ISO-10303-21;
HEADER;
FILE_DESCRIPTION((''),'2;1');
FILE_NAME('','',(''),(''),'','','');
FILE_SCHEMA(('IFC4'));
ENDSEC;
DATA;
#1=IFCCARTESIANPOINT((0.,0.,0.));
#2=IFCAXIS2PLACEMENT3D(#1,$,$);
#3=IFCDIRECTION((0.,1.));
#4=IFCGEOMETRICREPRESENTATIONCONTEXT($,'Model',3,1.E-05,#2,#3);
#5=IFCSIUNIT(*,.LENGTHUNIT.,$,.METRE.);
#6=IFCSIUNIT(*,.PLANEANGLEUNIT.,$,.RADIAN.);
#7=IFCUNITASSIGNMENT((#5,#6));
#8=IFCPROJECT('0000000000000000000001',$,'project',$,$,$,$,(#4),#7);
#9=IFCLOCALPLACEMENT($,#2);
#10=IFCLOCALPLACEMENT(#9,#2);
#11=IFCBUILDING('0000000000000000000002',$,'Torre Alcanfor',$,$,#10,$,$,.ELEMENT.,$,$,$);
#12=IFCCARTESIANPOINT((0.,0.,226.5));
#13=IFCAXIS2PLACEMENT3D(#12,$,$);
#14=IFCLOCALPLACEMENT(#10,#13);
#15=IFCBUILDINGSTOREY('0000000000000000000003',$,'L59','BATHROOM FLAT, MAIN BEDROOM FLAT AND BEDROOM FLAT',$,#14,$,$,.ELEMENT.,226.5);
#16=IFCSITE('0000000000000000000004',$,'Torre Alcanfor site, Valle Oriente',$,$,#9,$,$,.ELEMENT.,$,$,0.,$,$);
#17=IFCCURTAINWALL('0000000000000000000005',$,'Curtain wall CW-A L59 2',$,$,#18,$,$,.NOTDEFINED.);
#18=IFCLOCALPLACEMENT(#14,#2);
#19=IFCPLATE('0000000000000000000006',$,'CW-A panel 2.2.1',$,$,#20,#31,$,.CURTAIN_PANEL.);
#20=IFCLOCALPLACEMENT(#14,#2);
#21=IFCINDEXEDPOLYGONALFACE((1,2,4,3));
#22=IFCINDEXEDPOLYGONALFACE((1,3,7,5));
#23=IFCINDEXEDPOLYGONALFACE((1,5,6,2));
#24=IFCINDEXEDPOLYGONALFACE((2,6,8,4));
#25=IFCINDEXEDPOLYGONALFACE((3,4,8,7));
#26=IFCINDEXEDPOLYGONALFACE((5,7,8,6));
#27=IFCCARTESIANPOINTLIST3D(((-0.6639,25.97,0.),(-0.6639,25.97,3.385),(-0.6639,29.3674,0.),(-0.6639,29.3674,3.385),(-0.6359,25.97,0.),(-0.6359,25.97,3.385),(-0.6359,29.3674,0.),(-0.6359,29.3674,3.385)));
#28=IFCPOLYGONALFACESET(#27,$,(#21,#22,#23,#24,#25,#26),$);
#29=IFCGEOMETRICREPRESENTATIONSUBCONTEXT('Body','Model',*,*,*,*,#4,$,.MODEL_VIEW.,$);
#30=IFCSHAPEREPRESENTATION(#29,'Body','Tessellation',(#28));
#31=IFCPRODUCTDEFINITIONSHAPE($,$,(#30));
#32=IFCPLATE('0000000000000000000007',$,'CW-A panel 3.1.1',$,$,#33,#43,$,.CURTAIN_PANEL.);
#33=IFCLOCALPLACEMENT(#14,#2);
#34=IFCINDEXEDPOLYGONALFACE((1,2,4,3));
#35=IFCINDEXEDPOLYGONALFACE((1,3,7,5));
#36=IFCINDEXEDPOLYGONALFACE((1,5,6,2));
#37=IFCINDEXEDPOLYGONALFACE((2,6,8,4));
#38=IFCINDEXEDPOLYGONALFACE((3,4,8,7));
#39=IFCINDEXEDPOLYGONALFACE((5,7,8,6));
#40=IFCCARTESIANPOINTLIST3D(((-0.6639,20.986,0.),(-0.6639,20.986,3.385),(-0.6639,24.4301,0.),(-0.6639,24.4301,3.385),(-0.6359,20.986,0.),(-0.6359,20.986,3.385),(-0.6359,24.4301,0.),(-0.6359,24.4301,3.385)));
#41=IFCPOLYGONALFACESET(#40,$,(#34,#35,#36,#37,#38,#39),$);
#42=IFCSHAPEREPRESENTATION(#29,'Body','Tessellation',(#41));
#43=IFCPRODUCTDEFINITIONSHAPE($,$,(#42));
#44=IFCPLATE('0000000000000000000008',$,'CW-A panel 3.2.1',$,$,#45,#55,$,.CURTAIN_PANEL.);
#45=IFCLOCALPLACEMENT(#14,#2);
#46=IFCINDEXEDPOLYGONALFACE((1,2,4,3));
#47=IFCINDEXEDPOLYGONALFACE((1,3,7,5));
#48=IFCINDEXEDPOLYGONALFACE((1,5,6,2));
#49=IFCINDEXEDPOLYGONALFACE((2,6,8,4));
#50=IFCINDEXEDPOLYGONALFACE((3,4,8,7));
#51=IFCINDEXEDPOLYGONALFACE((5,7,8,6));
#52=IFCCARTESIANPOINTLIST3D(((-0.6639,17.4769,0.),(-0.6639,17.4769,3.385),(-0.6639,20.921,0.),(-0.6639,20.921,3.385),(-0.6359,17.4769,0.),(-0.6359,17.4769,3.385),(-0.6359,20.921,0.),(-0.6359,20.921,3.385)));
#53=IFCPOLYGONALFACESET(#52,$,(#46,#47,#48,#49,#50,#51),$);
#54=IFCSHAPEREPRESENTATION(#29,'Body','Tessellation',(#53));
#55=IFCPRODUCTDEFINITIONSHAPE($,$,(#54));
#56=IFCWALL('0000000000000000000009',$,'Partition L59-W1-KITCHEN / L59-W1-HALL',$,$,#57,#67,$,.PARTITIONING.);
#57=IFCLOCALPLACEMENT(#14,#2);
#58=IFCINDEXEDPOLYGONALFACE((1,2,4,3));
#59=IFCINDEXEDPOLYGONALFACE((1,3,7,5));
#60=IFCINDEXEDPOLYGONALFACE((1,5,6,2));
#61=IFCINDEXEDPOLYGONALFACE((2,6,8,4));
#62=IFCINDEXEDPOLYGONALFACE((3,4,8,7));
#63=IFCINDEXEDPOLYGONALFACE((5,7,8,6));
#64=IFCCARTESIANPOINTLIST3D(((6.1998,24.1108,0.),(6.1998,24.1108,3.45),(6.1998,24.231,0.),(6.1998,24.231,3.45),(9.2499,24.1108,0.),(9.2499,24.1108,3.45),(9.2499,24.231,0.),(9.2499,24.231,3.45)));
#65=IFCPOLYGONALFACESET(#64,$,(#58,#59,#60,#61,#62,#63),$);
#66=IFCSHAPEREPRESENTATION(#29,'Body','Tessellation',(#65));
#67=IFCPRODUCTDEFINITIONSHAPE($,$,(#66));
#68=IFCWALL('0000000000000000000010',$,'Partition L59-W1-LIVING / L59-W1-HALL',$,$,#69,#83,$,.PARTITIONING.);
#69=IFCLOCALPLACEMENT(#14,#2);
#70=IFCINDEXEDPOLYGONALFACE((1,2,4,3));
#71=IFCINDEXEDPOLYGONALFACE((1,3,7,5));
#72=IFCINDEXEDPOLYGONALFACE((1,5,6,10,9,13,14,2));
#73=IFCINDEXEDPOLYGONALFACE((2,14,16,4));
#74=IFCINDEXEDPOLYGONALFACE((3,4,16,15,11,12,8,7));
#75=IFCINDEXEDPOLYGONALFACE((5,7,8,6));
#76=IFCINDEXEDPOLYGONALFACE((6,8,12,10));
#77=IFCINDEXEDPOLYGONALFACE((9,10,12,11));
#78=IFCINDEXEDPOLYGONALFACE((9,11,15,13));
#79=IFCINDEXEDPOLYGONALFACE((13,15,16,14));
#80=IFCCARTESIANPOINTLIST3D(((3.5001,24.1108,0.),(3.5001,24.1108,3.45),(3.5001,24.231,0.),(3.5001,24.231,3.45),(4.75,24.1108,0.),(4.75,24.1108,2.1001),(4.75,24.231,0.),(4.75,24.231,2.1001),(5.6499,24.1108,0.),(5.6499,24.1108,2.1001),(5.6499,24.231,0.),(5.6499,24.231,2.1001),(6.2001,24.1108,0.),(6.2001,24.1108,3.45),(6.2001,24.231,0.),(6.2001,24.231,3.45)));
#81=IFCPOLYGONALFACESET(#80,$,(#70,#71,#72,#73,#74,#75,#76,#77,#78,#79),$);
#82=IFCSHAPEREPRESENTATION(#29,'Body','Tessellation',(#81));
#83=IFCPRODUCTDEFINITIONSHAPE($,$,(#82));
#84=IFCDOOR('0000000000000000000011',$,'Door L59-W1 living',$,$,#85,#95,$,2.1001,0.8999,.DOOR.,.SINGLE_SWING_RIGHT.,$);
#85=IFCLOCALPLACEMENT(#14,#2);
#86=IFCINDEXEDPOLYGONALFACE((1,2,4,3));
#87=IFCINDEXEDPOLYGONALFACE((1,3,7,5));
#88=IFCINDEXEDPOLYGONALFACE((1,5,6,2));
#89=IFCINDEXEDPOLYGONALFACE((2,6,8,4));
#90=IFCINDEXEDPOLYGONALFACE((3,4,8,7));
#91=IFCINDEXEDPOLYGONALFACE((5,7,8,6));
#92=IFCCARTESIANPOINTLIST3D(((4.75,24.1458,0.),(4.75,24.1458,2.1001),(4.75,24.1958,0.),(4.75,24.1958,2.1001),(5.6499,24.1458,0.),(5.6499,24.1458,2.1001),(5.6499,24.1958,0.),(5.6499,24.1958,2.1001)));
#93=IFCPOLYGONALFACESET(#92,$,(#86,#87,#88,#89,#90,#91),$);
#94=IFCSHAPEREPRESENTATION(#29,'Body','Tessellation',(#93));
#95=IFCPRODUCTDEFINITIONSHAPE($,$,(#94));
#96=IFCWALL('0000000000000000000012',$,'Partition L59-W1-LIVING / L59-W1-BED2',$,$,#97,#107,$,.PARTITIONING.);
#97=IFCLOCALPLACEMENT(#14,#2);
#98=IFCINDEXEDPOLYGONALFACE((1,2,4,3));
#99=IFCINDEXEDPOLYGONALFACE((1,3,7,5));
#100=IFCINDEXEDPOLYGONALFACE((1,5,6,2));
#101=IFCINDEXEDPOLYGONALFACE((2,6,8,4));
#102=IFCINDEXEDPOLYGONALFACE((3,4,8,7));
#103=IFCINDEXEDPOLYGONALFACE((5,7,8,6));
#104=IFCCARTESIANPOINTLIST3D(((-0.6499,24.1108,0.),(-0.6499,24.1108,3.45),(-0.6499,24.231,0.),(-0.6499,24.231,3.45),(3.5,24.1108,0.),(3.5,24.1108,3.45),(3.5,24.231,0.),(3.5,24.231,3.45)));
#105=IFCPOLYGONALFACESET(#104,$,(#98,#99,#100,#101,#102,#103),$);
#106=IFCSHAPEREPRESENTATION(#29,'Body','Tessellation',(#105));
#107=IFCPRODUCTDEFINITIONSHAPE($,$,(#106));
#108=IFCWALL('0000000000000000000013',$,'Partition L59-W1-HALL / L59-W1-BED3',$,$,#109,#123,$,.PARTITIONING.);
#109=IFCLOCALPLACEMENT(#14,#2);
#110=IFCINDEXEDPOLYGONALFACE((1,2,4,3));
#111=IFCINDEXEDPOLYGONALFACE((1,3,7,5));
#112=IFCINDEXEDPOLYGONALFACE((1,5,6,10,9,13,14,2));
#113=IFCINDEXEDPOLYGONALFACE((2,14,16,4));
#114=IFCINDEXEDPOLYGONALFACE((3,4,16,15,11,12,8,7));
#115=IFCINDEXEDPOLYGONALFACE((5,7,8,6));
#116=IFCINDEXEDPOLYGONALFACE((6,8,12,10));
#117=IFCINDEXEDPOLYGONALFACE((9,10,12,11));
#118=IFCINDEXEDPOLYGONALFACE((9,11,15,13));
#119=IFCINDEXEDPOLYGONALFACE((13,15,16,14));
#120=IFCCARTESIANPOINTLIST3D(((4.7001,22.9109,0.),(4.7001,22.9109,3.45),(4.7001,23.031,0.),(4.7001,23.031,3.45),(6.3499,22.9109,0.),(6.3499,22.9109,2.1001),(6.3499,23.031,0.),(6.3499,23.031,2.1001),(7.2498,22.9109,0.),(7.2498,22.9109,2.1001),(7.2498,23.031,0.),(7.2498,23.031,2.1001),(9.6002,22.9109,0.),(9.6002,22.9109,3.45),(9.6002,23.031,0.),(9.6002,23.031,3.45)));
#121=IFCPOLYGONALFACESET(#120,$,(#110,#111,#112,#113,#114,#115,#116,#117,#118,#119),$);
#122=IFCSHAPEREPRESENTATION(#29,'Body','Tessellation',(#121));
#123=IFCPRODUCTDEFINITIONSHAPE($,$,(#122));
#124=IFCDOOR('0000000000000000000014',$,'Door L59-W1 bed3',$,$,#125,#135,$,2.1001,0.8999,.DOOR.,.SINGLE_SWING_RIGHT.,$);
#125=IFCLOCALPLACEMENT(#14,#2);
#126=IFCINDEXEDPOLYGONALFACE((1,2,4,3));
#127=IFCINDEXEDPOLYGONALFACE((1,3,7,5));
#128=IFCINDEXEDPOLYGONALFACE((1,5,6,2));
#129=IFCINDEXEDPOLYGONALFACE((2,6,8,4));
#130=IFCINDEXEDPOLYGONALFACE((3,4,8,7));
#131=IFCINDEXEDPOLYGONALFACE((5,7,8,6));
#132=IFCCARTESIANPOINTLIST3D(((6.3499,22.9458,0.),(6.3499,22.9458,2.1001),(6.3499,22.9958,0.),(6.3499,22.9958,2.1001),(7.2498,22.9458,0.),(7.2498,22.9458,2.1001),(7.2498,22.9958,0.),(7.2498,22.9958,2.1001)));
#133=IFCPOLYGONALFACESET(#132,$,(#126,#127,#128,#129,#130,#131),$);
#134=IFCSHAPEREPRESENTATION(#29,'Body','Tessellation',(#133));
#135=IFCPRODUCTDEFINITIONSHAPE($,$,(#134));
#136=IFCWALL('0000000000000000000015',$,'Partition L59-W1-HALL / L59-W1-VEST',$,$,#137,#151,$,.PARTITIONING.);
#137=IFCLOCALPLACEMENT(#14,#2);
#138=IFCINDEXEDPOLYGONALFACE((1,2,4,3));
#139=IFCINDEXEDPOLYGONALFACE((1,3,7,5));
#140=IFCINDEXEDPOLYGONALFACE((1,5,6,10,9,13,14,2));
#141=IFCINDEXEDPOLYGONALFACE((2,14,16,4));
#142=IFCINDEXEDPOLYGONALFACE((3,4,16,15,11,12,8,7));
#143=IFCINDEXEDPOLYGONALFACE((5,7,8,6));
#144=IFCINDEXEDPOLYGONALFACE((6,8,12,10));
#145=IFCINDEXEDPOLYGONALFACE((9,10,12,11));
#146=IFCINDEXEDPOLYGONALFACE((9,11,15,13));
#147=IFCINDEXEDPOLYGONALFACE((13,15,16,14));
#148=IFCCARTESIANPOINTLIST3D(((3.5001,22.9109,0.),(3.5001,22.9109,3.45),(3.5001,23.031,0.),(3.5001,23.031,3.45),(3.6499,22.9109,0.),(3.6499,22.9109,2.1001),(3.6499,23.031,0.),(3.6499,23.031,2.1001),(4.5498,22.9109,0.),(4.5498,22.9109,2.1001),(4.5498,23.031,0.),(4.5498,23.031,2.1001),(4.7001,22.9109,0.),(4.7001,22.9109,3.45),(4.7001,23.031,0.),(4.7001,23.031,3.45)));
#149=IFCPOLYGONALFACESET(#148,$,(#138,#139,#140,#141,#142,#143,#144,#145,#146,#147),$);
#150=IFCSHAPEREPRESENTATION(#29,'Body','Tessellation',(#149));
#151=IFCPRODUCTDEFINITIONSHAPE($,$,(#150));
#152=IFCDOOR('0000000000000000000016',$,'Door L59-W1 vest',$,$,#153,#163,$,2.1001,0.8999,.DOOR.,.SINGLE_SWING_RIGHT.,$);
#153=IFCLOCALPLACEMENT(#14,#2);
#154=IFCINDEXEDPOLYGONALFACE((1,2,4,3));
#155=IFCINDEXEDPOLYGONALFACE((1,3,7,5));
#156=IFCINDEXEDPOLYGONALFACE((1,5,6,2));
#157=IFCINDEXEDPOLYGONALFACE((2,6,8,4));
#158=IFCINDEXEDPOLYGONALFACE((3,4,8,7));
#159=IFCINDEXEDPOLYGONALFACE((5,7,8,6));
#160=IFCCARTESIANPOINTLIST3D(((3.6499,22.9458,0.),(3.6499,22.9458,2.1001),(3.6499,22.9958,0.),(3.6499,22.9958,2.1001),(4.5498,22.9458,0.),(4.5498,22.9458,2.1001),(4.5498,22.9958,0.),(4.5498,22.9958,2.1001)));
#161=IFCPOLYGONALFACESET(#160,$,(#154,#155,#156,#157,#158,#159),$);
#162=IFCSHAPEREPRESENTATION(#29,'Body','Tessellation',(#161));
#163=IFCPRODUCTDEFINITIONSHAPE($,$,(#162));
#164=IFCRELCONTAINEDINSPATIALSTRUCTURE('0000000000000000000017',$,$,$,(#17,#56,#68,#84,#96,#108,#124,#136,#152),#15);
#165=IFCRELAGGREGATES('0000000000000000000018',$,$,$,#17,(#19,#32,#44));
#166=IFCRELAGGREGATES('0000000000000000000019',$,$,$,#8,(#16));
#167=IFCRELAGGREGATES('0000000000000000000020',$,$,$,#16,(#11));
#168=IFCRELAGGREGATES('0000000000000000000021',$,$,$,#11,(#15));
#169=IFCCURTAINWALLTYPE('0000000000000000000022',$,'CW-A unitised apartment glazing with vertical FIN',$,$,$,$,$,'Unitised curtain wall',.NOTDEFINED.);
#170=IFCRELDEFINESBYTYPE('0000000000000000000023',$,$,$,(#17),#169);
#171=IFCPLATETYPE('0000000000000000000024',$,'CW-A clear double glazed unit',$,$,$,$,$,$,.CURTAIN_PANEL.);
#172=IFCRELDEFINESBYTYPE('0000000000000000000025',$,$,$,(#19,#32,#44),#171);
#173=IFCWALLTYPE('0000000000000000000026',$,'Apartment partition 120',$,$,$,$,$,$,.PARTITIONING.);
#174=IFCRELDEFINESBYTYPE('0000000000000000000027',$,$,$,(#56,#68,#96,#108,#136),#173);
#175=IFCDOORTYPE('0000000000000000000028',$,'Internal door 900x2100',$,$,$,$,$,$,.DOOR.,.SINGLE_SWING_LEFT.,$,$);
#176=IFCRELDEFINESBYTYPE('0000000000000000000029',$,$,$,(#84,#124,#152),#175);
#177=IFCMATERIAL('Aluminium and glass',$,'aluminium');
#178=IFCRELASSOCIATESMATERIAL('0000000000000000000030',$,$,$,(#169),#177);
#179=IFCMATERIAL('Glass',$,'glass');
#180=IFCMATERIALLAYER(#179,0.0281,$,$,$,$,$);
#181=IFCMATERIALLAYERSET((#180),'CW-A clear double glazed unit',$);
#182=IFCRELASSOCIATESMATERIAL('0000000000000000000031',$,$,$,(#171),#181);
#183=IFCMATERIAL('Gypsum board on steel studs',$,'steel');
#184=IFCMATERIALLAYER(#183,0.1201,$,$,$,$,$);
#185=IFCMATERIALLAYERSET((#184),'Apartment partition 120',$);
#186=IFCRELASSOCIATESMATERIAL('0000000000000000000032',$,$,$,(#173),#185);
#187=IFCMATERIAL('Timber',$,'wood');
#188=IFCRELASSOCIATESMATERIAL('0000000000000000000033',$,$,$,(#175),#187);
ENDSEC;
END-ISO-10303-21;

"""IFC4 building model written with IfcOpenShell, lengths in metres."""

from ifc_helpers import new_model, si_unit, direction, frame, frame_2d, origin, origin_2d, place, context, subcontext, project, spatial, rectangle, extrude, material, layer, layer_set, type_object, element, fill, aggregate, save


model = new_model("IFC4")

# Units and contexts
model_context = context("Model", 3, precision=1e-05, world=origin(), true_north=direction((0.0, 1.0)))
body_context = subcontext(model_context, "Body", "Model", "MODEL_VIEW")
ifc_project = project(units=[si_unit("LENGTHUNIT", "METRE"), si_unit("PLANEANGLEUNIT", "RADIAN")], contexts=[model_context])

# Site, building, storey
site_placement = place(None, origin())
site = spatial("IfcSite", under=ifc_project, at=site_placement, Name="Torre Alcanfor site, Valle Oriente", CompositionType="ELEMENT", RefElevation=0.0)
building_placement = place(site_placement, origin())
building = spatial("IfcBuilding", under=site, at=building_placement, Name="Torre Alcanfor", CompositionType="ELEMENT")
storey_placement = place(building_placement, frame((0.0, 0.0, 226.5)))
storey = spatial("IfcBuildingStorey", under=building, at=storey_placement, Name="L59", Description="BATHROOM FLAT, MAIN BEDROOM FLAT AND BEDROOM FLAT", CompositionType="ELEMENT", Elevation=226.5)

# Curtain wall
ifc_material_1 = material(Name="Aluminium and glass", Category="aluminium")
curtain_wall_type = type_object("IfcCurtainWallType", Name="CW-A unitised apartment glazing with vertical FIN", ElementType="Unitised curtain wall", PredefinedType="NOTDEFINED", material=ifc_material_1)
curtain_wall_placement = place(storey_placement, origin())
curtain_wall = element("IfcCurtainWall", 1, at=curtain_wall_placement, inside=storey, type_object=curtain_wall_type, Name="Curtain wall CW-A L59 2", PredefinedType="NOTDEFINED")

# Plates
ifc_material_2 = material(Name="Glass", Category="glass")
ifc_layer_1 = layer(ifc_material_2, 0.0281)
ifc_layer_set_1 = layer_set([ifc_layer_1], Name="CW-A clear double glazed unit")
plate_type = type_object("IfcPlateType", Name="CW-A clear double glazed unit", PredefinedType="CURTAIN_PANEL", material=ifc_layer_set_1)
plate_1_placement = place(storey_placement, frame((-0.6499, 27.6687, 0.0), z_axis=(0.0, 0.0, 1.0), x_axis=(0.0, -1.0, 0.0)))
plate_1 = element("IfcPlate", 2, at=plate_1_placement, type_object=plate_type, Name="CW-A panel 2.2.1", PredefinedType="CURTAIN_PANEL", context=body_context, shape_type="SweptSolid", body=[
    extrude(rectangle(XDim=3.3975, YDim=0.0281, at=origin_2d()), origin(), (0.0, 0.0, 1.0), 3.385),
])
plate_2_placement = place(storey_placement, frame((-0.6499, 22.708, 0.0), z_axis=(0.0, 0.0, 1.0), x_axis=(0.0, -1.0, 0.0)))
plate_2 = element("IfcPlate", 3, at=plate_2_placement, type_object=plate_type, Name="CW-A panel 3.1.1", PredefinedType="CURTAIN_PANEL", context=body_context, shape_type="SweptSolid", body=[
    extrude(rectangle(XDim=3.4441, YDim=0.0281, at=origin_2d()), origin(), (0.0, 0.0, 1.0), 3.385),
])
plate_3_placement = place(storey_placement, frame((-0.6499, 19.199, 0.0), z_axis=(0.0, 0.0, 1.0), x_axis=(0.0, -1.0, 0.0)))
plate_3 = element("IfcPlate", 4, at=plate_3_placement, type_object=plate_type, Name="CW-A panel 3.2.1", PredefinedType="CURTAIN_PANEL", context=body_context, shape_type="SweptSolid", body=[
    extrude(rectangle(XDim=3.4441, YDim=0.0281, at=origin_2d()), origin(), (0.0, 0.0, 1.0), 3.385),
])
aggregate(curtain_wall, [plate_1, plate_2, plate_3])

# Wall
ifc_material_3 = material(Name="Gypsum board on steel studs", Category="steel")
ifc_layer_2 = layer(ifc_material_3, 0.1201)
ifc_layer_set_2 = layer_set([ifc_layer_2], Name="Apartment partition 120")
wall_type = type_object("IfcWallType", Name="Apartment partition 120", PredefinedType="PARTITIONING", material=ifc_layer_set_2)
wall_1_placement = place(storey_placement, frame((6.2, 24.1709, 0.0), z_axis=(0.0, 0.0, 1.0), x_axis=(1.0, 0.0, 0.0)))
element("IfcWall", 5, at=wall_1_placement, inside=storey, type_object=wall_type, Name="Partition L59-W1-KITCHEN / L59-W1-HALL", PredefinedType="PARTITIONING", context=body_context, shape_type="SweptSolid", body=[
    extrude(rectangle(XDim=3.05, YDim=0.1201, at=frame_2d((1.5249, 0.0))), origin(), (0.0, 0.0, 1.0), 3.45),
])

# Wall, opening, door
wall_2_placement = place(storey_placement, frame((3.5, 24.1709, 0.0), z_axis=(0.0, 0.0, 1.0), x_axis=(1.0, 0.0, 0.0)))
wall_2 = element("IfcWall", 6, at=wall_2_placement, inside=storey, type_object=wall_type, Name="Partition L59-W1-LIVING / L59-W1-HALL", PredefinedType="PARTITIONING", context=body_context, shape_type="SweptSolid", body=[
    extrude(rectangle(XDim=2.7, YDim=0.1201, at=frame_2d((1.3501, 0.0))), origin(), (0.0, 0.0, 1.0), 3.45),
])
opening_1_placement = place(wall_2_placement, frame((1.25, 0.0, 0.0)))
opening_1 = element("IfcOpeningElement", 7, at=opening_1_placement, cuts=wall_2, PredefinedType="OPENING", context=body_context, shape_type="SweptSolid", body=[
    extrude(rectangle(XDim=0.8999, YDim=2.1001, at=frame_2d((0.45, 1.05))), frame((0.0, 0.0701, 0.0), z_axis=(0.0, -1.0, 0.0), x_axis=(1.0, 0.0, 0.0)), (0.0, 0.0, 1.0), 0.1401),
])
ifc_material_4 = material(Name="Timber", Category="wood")
door_type = type_object("IfcDoorType", Name="Internal door 900x2100", OperationType="SINGLE_SWING_LEFT", PredefinedType="DOOR", material=ifc_material_4)
door_1_placement = place(opening_1_placement, origin())
door_1 = element("IfcDoor", 8, at=door_1_placement, inside=storey, type_object=door_type, Name="Door L59-W1 living", OperationType="SINGLE_SWING_RIGHT", OverallHeight=2.1001, OverallWidth=0.8999, PredefinedType="DOOR", context=body_context, shape_type="SweptSolid", body=[
    extrude(rectangle(XDim=0.8999, YDim=2.1001, at=frame_2d((0.45, 1.05))), frame((0.0, 0.0249, 0.0), z_axis=(0.0, -1.0, 0.0), x_axis=(1.0, 0.0, 0.0)), (0.0, 0.0, 1.0), 0.05),
])
fill(opening_1, door_1)

# Wall
wall_3_placement = place(storey_placement, frame((-0.6499, 24.1709, 0.0), z_axis=(0.0, 0.0, 1.0), x_axis=(1.0, 0.0, 0.0)))
element("IfcWall", 9, at=wall_3_placement, inside=storey, type_object=wall_type, Name="Partition L59-W1-LIVING / L59-W1-BED2", PredefinedType="PARTITIONING", context=body_context, shape_type="SweptSolid", body=[
    extrude(rectangle(XDim=4.1499, YDim=0.1201, at=frame_2d((2.075, 0.0))), origin(), (0.0, 0.0, 1.0), 3.45),
])

# Walls, openings, doors
wall_4_placement = place(storey_placement, frame((4.7, 22.9709, 0.0), z_axis=(0.0, 0.0, 1.0), x_axis=(1.0, 0.0, 0.0)))
wall_4 = element("IfcWall", 10, at=wall_4_placement, inside=storey, type_object=wall_type, Name="Partition L59-W1-HALL / L59-W1-BED3", PredefinedType="PARTITIONING", context=body_context, shape_type="SweptSolid", body=[
    extrude(rectangle(XDim=4.9001, YDim=0.1201, at=frame_2d((2.4502, 0.0))), origin(), (0.0, 0.0, 1.0), 3.45),
])
opening_2_placement = place(wall_4_placement, frame((1.6499, 0.0, 0.0)))
opening_2 = element("IfcOpeningElement", 11, at=opening_2_placement, cuts=wall_4, PredefinedType="OPENING", context=body_context, shape_type="SweptSolid", body=[
    extrude(rectangle(XDim=0.8999, YDim=2.1001, at=frame_2d((0.45, 1.05))), frame((0.0, 0.0701, 0.0), z_axis=(0.0, -1.0, 0.0), x_axis=(1.0, 0.0, 0.0)), (0.0, 0.0, 1.0), 0.1401),
])
door_2_placement = place(opening_2_placement, frame((0.8999, 0.0, 0.0), z_axis=(0.0, 0.0, 1.0), x_axis=(-1.0, 0.0, 0.0)))
door_2 = element("IfcDoor", 12, at=door_2_placement, inside=storey, type_object=door_type, Name="Door L59-W1 bed3", OperationType="SINGLE_SWING_RIGHT", OverallHeight=2.1001, OverallWidth=0.8999, PredefinedType="DOOR", context=body_context, shape_type="SweptSolid", body=[
    extrude(rectangle(XDim=0.8999, YDim=2.1001, at=frame_2d((0.45, 1.05))), frame((0.0, 0.0251, 0.0), z_axis=(0.0, -1.0, 0.0), x_axis=(1.0, 0.0, 0.0)), (0.0, 0.0, 1.0), 0.05),
])
fill(opening_2, door_2)
wall_5_placement = place(storey_placement, frame((3.5, 22.9709, 0.0), z_axis=(0.0, 0.0, 1.0), x_axis=(1.0, 0.0, 0.0)))
wall_5 = element("IfcWall", 13, at=wall_5_placement, inside=storey, type_object=wall_type, Name="Partition L59-W1-HALL / L59-W1-VEST", PredefinedType="PARTITIONING", context=body_context, shape_type="SweptSolid", body=[
    extrude(rectangle(XDim=1.2, YDim=0.1201, at=frame_2d((0.6001, 0.0))), origin(), (0.0, 0.0, 1.0), 3.45),
])
opening_3_placement = place(wall_5_placement, frame((0.1499, 0.0, 0.0)))
opening_3 = element("IfcOpeningElement", 14, at=opening_3_placement, cuts=wall_5, PredefinedType="OPENING", context=body_context, shape_type="SweptSolid", body=[
    extrude(rectangle(XDim=0.8999, YDim=2.1001, at=frame_2d((0.45, 1.05))), frame((0.0, 0.0701, 0.0), z_axis=(0.0, -1.0, 0.0), x_axis=(1.0, 0.0, 0.0)), (0.0, 0.0, 1.0), 0.1401),
])
door_3_placement = place(opening_3_placement, frame((0.8999, 0.0, 0.0), z_axis=(0.0, 0.0, 1.0), x_axis=(-1.0, 0.0, 0.0)))
door_3 = element("IfcDoor", 15, at=door_3_placement, inside=storey, type_object=door_type, Name="Door L59-W1 vest", OperationType="SINGLE_SWING_RIGHT", OverallHeight=2.1001, OverallWidth=0.8999, PredefinedType="DOOR", context=body_context, shape_type="SweptSolid", body=[
    extrude(rectangle(XDim=0.8999, YDim=2.1001, at=frame_2d((0.45, 1.05))), frame((0.0, 0.0251, 0.0), z_axis=(0.0, -1.0, 0.0), x_axis=(1.0, 0.0, 0.0)), (0.0, 0.0, 1.0), 0.05),
])
fill(opening_3, door_3)

save(model, "model.ifc")
